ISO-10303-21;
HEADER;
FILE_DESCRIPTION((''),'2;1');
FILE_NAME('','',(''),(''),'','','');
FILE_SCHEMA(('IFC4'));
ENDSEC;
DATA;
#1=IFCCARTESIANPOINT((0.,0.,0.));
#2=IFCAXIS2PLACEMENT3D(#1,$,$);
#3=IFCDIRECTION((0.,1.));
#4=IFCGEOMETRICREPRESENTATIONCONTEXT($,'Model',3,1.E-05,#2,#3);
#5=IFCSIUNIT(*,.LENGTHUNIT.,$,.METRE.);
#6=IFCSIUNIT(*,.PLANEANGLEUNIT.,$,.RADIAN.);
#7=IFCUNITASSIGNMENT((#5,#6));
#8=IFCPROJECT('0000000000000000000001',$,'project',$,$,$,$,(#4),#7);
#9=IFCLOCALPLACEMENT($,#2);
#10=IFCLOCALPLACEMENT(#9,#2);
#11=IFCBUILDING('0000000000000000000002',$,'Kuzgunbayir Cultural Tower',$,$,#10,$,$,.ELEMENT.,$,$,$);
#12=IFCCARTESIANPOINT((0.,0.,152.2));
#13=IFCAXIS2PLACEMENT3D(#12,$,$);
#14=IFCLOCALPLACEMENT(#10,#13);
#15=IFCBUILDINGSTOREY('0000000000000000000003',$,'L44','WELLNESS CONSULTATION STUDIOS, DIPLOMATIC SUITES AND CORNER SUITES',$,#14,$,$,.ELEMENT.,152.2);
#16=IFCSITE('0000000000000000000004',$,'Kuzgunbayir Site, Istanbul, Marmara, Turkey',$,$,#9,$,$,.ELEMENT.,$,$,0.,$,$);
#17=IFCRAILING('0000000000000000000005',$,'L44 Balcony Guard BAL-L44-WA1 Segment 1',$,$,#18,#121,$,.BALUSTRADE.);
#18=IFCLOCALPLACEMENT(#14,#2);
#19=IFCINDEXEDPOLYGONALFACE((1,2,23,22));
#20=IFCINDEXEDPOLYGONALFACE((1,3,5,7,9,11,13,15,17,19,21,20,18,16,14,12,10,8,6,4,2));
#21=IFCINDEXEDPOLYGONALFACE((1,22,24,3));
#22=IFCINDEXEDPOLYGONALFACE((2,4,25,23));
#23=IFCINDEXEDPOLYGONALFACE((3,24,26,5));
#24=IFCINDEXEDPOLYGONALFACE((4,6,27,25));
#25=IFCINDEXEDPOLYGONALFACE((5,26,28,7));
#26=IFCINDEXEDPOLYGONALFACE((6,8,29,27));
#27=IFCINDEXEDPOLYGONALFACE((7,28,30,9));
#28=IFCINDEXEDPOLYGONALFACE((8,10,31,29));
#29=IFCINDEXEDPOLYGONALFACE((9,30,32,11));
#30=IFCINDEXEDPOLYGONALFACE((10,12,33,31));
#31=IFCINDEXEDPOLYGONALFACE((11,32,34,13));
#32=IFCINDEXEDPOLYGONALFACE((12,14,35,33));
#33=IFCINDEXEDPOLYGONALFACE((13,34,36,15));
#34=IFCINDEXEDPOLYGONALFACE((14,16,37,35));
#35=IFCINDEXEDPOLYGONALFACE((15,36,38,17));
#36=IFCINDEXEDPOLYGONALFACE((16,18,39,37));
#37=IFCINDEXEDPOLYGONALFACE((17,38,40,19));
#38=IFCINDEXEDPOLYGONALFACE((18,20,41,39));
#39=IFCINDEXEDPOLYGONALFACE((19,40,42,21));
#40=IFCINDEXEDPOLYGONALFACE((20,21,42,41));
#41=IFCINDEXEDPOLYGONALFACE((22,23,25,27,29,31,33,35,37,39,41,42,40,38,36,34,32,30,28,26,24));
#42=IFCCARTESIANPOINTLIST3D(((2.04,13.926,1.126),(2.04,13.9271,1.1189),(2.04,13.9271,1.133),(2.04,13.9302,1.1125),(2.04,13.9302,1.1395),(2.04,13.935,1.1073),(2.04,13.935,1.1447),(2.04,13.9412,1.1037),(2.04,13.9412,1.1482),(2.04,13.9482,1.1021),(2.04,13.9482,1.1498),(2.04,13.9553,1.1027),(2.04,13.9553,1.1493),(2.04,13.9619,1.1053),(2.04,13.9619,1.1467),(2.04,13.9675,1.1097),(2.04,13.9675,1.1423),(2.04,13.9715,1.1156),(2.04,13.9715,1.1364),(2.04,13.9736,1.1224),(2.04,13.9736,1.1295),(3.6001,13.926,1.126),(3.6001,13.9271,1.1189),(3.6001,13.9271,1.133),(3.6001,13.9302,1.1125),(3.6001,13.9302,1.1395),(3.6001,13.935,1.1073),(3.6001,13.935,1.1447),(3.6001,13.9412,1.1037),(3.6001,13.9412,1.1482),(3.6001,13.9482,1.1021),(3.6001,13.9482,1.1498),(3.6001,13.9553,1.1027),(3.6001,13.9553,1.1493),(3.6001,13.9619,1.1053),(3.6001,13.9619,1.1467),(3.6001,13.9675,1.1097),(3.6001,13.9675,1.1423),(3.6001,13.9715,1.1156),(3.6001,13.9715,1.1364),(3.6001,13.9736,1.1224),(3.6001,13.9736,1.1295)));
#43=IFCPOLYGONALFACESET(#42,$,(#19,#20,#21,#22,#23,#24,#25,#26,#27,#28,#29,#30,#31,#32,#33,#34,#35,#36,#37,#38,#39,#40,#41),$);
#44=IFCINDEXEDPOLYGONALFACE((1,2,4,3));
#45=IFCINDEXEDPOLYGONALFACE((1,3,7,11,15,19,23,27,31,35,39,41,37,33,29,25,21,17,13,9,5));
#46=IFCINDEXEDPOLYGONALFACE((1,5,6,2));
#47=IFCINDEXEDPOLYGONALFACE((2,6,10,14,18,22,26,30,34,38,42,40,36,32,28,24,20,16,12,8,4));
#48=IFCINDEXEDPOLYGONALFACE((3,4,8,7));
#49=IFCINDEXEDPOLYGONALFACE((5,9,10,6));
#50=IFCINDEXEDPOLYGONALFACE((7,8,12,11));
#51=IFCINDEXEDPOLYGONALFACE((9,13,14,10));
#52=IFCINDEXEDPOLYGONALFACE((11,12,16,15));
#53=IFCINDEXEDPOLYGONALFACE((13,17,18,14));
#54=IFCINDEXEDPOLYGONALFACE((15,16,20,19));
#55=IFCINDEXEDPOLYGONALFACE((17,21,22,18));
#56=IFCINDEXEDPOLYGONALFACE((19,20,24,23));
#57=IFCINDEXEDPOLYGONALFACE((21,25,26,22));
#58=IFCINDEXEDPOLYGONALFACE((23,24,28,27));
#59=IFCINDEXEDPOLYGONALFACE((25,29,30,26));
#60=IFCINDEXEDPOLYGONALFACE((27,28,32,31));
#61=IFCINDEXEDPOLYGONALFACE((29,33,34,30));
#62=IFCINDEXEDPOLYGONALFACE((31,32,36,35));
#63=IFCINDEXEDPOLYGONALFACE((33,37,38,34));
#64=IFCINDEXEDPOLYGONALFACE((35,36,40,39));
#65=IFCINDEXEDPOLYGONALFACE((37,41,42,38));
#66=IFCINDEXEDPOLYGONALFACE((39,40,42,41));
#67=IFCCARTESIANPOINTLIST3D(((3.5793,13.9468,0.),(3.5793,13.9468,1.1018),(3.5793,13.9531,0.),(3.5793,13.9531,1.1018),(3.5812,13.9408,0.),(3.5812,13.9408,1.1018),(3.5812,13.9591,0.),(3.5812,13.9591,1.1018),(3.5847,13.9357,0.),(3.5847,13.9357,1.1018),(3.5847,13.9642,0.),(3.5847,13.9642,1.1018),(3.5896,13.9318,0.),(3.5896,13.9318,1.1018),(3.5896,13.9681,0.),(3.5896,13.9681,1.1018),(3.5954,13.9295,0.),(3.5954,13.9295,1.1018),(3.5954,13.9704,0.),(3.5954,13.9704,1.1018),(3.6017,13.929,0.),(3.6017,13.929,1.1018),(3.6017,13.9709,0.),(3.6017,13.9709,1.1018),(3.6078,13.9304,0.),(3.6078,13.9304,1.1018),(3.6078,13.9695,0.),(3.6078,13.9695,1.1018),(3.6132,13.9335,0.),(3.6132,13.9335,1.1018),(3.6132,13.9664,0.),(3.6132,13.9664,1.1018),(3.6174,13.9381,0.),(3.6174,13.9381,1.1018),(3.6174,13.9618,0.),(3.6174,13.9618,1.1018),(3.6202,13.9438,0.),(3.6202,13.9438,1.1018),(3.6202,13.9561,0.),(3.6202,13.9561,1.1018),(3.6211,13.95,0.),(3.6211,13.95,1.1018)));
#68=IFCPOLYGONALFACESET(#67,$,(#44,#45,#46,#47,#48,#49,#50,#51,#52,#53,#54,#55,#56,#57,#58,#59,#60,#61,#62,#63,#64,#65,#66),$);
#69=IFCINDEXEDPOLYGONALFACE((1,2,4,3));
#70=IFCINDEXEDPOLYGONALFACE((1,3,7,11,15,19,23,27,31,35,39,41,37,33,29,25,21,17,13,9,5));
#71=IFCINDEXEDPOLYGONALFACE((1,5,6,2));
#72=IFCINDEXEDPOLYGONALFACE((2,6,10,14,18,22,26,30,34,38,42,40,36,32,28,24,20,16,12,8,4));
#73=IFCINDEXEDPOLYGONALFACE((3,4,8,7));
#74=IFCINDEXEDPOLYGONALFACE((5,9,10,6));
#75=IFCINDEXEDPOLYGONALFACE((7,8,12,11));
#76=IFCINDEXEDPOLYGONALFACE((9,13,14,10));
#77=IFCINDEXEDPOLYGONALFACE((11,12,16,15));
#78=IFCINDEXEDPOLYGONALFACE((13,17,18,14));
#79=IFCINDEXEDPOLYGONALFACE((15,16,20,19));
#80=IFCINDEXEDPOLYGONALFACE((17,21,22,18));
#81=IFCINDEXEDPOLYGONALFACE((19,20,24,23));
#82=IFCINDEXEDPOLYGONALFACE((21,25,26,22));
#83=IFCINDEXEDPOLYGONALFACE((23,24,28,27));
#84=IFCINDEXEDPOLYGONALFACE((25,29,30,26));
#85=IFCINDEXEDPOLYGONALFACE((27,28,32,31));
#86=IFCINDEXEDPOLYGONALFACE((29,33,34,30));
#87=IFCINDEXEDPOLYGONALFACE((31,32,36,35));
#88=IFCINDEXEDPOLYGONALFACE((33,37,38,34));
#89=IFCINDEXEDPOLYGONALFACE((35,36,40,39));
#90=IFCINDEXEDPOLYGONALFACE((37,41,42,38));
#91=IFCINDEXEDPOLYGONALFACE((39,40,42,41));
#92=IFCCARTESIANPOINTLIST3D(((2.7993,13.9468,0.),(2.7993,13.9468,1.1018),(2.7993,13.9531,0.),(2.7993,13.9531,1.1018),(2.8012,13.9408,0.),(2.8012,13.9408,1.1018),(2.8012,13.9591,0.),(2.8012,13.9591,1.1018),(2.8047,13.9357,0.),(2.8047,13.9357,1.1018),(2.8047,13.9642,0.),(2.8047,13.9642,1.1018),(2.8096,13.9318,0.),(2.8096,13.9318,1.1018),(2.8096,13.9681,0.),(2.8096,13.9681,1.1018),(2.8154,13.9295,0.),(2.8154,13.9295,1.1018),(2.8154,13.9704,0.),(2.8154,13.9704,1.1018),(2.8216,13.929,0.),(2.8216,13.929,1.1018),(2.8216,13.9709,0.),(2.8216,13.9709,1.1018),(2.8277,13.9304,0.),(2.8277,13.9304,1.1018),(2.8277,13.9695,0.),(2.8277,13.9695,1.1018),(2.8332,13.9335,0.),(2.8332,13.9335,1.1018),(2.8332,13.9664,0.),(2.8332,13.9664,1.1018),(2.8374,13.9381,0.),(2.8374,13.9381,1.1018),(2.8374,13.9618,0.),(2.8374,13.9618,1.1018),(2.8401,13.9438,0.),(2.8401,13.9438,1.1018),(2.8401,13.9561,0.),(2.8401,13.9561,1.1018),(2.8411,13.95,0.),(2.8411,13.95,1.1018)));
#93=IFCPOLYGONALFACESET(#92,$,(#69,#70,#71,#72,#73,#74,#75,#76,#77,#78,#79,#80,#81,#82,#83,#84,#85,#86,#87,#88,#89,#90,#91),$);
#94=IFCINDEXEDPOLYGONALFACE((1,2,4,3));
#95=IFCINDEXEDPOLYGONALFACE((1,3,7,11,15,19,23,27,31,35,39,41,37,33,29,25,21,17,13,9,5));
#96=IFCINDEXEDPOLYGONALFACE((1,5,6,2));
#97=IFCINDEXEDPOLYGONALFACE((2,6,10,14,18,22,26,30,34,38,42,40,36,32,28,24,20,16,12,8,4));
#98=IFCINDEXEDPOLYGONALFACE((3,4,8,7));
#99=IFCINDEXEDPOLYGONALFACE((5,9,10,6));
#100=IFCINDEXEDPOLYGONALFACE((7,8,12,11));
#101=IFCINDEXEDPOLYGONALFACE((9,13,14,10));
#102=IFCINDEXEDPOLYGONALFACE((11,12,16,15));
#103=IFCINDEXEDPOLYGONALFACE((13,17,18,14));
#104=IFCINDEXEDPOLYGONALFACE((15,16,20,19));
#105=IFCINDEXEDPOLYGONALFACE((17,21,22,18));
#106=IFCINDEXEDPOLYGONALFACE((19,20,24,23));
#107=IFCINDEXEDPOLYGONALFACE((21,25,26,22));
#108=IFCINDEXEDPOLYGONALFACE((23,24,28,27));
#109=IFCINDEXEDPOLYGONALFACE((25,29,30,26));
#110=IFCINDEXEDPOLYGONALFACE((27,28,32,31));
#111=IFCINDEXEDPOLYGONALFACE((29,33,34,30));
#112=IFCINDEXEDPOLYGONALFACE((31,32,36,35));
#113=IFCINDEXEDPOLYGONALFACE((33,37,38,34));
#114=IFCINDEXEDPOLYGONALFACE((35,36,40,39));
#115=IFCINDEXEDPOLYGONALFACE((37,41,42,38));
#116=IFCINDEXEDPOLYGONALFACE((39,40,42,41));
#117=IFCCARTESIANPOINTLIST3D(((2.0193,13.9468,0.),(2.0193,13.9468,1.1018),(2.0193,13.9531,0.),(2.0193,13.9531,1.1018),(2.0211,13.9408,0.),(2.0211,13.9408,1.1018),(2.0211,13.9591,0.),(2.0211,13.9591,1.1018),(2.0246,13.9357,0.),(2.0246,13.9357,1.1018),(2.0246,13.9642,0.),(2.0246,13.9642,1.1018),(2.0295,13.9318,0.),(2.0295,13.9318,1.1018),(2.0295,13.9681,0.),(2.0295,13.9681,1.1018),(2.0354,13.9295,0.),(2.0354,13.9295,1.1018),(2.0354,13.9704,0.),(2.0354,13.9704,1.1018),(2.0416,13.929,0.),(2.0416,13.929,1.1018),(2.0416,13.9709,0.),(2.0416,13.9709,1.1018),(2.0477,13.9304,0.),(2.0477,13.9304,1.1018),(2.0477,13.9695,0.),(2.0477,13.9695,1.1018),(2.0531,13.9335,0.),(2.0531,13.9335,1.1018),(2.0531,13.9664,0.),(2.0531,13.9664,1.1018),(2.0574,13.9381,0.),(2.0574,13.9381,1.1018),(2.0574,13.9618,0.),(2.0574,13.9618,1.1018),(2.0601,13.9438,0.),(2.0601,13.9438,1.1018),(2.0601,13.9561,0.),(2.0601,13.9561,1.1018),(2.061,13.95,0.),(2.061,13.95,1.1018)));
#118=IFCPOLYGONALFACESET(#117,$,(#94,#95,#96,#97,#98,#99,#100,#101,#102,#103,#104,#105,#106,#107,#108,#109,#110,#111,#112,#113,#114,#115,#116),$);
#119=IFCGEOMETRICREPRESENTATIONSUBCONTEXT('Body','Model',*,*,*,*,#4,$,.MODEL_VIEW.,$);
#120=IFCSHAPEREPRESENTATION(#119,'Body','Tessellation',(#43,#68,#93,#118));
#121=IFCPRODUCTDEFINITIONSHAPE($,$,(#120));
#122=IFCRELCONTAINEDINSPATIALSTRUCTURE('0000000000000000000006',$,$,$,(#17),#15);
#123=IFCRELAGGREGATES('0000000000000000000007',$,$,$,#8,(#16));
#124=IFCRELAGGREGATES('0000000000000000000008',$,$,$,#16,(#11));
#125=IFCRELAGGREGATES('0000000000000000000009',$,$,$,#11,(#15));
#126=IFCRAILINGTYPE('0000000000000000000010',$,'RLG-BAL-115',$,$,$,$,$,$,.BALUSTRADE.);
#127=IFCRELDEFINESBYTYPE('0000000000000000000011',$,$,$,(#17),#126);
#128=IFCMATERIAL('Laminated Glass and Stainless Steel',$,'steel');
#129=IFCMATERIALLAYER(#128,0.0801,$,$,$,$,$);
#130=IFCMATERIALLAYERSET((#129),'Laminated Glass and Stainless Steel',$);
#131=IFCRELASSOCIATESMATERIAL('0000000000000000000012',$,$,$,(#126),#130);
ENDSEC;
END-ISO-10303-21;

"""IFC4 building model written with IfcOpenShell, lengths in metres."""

from ifc_helpers import new_model, si_unit, direction, frame, origin, origin_2d, place, context, subcontext, project, spatial, circle, extrude, material, layer, layer_set, type_object, element, save


model = new_model("IFC4")

# Units and contexts
model_context = context("Model", 3, precision=1e-05, world=origin(), true_north=direction((0.0, 1.0)))
body_context = subcontext(model_context, "Body", "Model", "MODEL_VIEW")
ifc_project = project(units=[si_unit("LENGTHUNIT", "METRE"), si_unit("PLANEANGLEUNIT", "RADIAN")], contexts=[model_context])

# Site, building, storey
site_placement = place(None, origin())
site = spatial("IfcSite", under=ifc_project, at=site_placement, Name="Kuzgunbayir Site, Istanbul, Marmara, Turkey", CompositionType="ELEMENT", RefElevation=0.0)
building_placement = place(site_placement, origin())
building = spatial("IfcBuilding", under=site, at=building_placement, Name="Kuzgunbayir Cultural Tower", CompositionType="ELEMENT")
storey_placement = place(building_placement, frame((0.0, 0.0, 152.2)))
storey = spatial("IfcBuildingStorey", under=building, at=storey_placement, Name="L44", Description="WELLNESS CONSULTATION STUDIOS, DIPLOMATIC SUITES AND CORNER SUITES", CompositionType="ELEMENT", Elevation=152.2)

# Railing
ifc_material_1 = material(Name="Laminated Glass and Stainless Steel", Category="steel")
ifc_layer_1 = layer(ifc_material_1, 0.0801)
ifc_layer_set_1 = layer_set([ifc_layer_1], Name="Laminated Glass and Stainless Steel")
railing_type = type_object("IfcRailingType", Name="RLG-BAL-115", PredefinedType="BALUSTRADE", material=ifc_layer_set_1)
railing_1_placement = place(storey_placement, frame((3.6001, 13.95, 0.0)))
element("IfcRailing", 1, at=railing_1_placement, inside=storey, type_object=railing_type, Name="L44 Balcony Guard BAL-L44-WA1 Segment 1", PredefinedType="BALUSTRADE", context=body_context, shape_type="SweptSolid", body=[
    extrude(circle(Radius=0.0239, at=origin_2d()), frame((0.0, 0.0, 1.126), z_axis=(-1.0, 0.0, 0.0), x_axis=(0.0, -1.0, 0.0)), (0.0, 0.0, 1.0), 1.5601),
    extrude(circle(Radius=0.021, at=origin_2d()), origin(), (0.0, 0.0, 1.0), 1.1018),
    extrude(circle(Radius=0.021, at=origin_2d()), frame((-0.78, 0.0, 0.0)), (0.0, 0.0, 1.0), 1.1018),
    extrude(circle(Radius=0.021, at=origin_2d()), frame((-1.5601, 0.0, 0.0)), (0.0, 0.0, 1.0), 1.1018),
])

save(model, "model.ifc")
